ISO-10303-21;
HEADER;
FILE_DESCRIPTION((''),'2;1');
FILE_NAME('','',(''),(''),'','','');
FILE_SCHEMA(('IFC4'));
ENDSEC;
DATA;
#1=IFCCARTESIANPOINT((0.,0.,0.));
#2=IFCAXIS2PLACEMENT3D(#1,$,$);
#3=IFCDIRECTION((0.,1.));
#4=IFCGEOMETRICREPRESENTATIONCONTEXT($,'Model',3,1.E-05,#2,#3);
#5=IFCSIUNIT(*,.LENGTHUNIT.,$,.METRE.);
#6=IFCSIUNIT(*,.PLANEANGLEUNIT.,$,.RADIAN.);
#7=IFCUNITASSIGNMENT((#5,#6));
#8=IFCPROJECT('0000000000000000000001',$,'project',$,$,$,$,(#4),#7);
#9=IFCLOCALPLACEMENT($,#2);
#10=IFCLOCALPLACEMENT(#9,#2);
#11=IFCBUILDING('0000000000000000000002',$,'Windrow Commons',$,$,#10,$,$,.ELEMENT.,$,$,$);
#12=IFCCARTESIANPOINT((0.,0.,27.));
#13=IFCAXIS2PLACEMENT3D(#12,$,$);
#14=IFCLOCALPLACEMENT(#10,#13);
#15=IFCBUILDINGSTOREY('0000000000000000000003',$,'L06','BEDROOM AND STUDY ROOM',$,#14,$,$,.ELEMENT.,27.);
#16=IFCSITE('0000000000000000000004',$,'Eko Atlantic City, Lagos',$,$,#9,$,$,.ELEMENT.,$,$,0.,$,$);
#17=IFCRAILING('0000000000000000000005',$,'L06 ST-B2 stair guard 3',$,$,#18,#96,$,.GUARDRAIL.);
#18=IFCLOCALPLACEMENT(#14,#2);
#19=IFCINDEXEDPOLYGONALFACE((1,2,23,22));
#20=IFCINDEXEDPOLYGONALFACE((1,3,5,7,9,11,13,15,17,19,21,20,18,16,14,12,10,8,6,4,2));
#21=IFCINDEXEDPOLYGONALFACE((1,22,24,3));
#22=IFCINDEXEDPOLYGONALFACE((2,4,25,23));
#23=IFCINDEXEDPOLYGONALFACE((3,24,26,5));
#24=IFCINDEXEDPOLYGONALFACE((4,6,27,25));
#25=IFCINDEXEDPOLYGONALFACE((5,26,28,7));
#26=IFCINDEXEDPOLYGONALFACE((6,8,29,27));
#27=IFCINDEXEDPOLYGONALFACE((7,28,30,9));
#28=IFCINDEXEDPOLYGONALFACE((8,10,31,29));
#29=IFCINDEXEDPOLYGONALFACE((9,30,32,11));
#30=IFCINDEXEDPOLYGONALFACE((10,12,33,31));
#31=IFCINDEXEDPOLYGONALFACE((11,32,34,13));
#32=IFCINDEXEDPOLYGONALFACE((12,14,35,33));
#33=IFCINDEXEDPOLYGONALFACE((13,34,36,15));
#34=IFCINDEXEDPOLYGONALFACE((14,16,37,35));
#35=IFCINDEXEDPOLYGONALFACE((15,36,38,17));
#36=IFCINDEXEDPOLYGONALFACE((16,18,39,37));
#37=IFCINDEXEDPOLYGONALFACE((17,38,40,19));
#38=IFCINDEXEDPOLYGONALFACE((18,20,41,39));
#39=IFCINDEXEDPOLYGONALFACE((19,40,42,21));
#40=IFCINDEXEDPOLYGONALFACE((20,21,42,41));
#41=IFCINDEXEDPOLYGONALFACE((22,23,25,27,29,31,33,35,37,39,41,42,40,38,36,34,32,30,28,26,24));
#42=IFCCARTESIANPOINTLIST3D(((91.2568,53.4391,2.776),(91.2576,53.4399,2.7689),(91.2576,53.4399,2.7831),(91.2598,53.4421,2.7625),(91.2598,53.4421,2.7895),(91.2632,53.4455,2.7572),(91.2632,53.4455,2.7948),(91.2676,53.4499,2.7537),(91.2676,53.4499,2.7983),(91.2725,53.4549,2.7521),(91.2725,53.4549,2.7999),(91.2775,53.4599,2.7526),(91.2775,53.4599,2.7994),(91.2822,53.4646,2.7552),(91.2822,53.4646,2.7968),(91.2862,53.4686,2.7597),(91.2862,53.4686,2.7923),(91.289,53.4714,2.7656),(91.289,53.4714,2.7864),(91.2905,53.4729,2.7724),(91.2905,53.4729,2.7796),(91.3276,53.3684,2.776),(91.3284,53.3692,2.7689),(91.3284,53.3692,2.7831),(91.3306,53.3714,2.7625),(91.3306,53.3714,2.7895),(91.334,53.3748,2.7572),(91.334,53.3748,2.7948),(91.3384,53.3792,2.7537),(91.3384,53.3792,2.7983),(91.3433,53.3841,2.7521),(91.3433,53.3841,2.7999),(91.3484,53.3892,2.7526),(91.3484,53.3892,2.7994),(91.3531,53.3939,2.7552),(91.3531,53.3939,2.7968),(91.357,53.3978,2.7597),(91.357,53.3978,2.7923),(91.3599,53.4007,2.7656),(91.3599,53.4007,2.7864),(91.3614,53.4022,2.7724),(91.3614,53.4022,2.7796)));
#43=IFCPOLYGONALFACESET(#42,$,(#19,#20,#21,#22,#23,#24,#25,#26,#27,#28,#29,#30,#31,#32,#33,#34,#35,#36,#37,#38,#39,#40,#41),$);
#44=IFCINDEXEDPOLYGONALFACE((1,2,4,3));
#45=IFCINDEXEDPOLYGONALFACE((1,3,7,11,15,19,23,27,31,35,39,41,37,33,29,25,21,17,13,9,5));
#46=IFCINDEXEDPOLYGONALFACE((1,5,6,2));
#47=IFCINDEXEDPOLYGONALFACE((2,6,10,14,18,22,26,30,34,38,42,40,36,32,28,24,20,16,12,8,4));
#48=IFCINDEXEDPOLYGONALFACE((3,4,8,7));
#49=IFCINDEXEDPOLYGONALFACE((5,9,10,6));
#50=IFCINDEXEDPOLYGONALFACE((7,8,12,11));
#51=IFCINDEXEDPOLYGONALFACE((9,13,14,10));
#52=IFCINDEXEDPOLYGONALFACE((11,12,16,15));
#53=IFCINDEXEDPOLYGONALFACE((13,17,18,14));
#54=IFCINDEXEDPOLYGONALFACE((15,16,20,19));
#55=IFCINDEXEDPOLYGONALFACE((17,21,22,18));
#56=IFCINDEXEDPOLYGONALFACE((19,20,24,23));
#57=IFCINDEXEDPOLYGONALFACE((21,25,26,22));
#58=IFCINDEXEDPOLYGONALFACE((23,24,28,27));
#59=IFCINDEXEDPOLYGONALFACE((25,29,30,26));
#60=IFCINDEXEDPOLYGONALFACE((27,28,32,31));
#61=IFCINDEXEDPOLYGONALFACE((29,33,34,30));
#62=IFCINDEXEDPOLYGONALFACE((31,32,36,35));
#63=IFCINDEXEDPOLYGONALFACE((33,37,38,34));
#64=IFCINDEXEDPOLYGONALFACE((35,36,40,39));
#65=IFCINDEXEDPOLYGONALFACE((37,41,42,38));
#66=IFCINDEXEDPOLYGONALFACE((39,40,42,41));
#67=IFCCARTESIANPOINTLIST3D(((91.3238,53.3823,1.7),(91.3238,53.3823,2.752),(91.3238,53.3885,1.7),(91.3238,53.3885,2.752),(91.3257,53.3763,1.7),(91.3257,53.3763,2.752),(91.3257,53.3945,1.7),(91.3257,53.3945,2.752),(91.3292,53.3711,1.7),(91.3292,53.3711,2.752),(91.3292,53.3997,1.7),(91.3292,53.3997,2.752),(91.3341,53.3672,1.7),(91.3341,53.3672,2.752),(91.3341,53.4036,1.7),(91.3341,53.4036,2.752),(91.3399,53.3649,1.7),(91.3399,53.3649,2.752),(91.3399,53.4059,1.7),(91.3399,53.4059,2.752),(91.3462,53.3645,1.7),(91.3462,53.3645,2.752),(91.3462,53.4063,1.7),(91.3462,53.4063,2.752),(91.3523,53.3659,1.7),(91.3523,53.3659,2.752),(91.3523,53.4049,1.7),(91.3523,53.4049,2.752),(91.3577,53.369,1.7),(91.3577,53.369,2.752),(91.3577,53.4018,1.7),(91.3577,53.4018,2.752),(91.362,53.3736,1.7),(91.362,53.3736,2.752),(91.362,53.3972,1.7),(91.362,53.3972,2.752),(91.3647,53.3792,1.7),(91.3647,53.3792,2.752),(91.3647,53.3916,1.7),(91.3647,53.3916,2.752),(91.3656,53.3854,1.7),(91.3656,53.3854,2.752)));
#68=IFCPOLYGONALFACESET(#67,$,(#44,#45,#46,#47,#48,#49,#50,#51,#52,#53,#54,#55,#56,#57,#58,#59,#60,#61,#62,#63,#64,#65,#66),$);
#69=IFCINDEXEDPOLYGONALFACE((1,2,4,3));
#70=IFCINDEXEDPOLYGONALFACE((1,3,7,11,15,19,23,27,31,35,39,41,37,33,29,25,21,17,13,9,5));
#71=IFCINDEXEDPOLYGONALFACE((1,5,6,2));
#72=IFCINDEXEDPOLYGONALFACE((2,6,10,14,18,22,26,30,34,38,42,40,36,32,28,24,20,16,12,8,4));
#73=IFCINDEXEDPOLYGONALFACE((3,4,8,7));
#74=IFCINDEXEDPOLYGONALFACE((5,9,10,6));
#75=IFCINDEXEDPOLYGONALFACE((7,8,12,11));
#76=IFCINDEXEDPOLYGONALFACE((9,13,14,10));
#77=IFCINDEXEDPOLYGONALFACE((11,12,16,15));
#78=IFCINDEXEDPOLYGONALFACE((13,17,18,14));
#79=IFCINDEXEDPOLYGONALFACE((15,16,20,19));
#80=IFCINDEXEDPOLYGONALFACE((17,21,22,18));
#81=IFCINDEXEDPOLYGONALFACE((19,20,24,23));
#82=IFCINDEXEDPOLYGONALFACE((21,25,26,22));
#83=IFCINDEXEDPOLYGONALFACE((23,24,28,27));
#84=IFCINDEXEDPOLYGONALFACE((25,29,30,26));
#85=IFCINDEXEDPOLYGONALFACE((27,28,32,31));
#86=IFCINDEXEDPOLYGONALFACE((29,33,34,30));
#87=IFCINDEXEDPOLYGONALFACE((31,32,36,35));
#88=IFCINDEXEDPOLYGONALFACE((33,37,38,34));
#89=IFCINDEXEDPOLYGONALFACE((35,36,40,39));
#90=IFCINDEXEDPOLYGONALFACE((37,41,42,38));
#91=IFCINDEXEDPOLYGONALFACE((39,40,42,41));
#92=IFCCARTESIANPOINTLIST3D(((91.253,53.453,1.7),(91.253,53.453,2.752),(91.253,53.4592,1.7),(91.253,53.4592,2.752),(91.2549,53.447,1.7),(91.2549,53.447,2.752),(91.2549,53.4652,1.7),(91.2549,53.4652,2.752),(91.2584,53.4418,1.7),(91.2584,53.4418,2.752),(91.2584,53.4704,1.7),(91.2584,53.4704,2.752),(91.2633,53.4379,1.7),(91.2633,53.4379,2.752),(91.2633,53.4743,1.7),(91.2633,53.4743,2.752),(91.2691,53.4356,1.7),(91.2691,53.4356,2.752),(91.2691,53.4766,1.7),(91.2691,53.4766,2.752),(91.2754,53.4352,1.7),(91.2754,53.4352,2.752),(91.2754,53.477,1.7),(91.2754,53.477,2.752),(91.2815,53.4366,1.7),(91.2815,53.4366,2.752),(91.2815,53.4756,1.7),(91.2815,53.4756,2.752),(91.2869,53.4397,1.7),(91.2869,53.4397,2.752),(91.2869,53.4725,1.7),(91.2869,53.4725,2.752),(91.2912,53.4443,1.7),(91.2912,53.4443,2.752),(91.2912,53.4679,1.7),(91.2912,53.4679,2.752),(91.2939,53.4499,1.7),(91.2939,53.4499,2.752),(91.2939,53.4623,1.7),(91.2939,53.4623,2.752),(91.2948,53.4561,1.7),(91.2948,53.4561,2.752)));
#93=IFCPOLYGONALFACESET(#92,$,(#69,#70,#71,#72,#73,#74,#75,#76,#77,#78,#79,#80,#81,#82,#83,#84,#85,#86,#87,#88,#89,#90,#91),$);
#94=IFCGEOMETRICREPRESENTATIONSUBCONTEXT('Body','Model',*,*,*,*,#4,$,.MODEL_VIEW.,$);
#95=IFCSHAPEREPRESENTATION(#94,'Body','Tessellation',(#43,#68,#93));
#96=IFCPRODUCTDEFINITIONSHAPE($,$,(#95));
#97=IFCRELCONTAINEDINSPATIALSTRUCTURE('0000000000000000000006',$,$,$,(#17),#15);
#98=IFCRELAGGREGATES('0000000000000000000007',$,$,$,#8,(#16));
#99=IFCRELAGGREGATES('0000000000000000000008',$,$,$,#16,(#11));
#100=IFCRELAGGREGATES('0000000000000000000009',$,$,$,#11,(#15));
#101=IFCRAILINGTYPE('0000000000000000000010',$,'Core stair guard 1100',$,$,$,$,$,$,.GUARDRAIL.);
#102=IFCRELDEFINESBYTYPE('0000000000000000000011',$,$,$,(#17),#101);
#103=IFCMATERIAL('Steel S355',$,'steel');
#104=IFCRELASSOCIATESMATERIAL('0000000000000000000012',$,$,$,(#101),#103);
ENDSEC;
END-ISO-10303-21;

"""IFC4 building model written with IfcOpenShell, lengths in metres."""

from ifc_helpers import new_model, si_unit, direction, frame, origin, origin_2d, place, context, subcontext, project, spatial, circle, extrude, material, type_object, element, save


model = new_model("IFC4")

# Units and contexts
model_context = context("Model", 3, precision=1e-05, world=origin(), true_north=direction((0.0, 1.0)))
body_context = subcontext(model_context, "Body", "Model", "MODEL_VIEW")
ifc_project = project(units=[si_unit("LENGTHUNIT", "METRE"), si_unit("PLANEANGLEUNIT", "RADIAN")], contexts=[model_context])

# Site, building, storey
site_placement = place(None, origin())
site = spatial("IfcSite", under=ifc_project, at=site_placement, Name="Eko Atlantic City, Lagos", CompositionType="ELEMENT", RefElevation=0.0)
building_placement = place(site_placement, origin())
building = spatial("IfcBuilding", under=site, at=building_placement, Name="Windrow Commons", CompositionType="ELEMENT")
storey_placement = place(building_placement, frame((0.0, 0.0, 27.0)))
storey = spatial("IfcBuildingStorey", under=building, at=storey_placement, Name="L06", Description="BEDROOM AND STUDY ROOM", CompositionType="ELEMENT", Elevation=27.0)

# Railing
ifc_material_1 = material(Name="Steel S355", Category="steel")
railing_type = type_object("IfcRailingType", Name="Core stair guard 1100", PredefinedType="GUARDRAIL", material=ifc_material_1)
railing_placement = place(storey_placement, frame((91.3446, 53.3854, 1.7)))
element("IfcRailing", 1, at=railing_placement, inside=storey, type_object=railing_type, Name="L06 ST-B2 stair guard 3", PredefinedType="GUARDRAIL", context=body_context, shape_type="SweptSolid", body=[
    extrude(circle(Radius=0.024, at=origin_2d()), frame((0.0, 0.0, 1.076), z_axis=(-0.707606, 0.706607, 0.0), x_axis=(-0.706607, -0.707606, 0.0)), (0.0, 0.0, 1.0), 0.1001),
    extrude(circle(Radius=0.021, at=origin_2d()), origin(), (0.0, 0.0, 1.0), 1.052),
    extrude(circle(Radius=0.021, at=origin_2d()), frame((-0.0708, 0.0707, 0.0)), (0.0, 0.0, 1.0), 1.052),
])

save(model, "model.ifc")
